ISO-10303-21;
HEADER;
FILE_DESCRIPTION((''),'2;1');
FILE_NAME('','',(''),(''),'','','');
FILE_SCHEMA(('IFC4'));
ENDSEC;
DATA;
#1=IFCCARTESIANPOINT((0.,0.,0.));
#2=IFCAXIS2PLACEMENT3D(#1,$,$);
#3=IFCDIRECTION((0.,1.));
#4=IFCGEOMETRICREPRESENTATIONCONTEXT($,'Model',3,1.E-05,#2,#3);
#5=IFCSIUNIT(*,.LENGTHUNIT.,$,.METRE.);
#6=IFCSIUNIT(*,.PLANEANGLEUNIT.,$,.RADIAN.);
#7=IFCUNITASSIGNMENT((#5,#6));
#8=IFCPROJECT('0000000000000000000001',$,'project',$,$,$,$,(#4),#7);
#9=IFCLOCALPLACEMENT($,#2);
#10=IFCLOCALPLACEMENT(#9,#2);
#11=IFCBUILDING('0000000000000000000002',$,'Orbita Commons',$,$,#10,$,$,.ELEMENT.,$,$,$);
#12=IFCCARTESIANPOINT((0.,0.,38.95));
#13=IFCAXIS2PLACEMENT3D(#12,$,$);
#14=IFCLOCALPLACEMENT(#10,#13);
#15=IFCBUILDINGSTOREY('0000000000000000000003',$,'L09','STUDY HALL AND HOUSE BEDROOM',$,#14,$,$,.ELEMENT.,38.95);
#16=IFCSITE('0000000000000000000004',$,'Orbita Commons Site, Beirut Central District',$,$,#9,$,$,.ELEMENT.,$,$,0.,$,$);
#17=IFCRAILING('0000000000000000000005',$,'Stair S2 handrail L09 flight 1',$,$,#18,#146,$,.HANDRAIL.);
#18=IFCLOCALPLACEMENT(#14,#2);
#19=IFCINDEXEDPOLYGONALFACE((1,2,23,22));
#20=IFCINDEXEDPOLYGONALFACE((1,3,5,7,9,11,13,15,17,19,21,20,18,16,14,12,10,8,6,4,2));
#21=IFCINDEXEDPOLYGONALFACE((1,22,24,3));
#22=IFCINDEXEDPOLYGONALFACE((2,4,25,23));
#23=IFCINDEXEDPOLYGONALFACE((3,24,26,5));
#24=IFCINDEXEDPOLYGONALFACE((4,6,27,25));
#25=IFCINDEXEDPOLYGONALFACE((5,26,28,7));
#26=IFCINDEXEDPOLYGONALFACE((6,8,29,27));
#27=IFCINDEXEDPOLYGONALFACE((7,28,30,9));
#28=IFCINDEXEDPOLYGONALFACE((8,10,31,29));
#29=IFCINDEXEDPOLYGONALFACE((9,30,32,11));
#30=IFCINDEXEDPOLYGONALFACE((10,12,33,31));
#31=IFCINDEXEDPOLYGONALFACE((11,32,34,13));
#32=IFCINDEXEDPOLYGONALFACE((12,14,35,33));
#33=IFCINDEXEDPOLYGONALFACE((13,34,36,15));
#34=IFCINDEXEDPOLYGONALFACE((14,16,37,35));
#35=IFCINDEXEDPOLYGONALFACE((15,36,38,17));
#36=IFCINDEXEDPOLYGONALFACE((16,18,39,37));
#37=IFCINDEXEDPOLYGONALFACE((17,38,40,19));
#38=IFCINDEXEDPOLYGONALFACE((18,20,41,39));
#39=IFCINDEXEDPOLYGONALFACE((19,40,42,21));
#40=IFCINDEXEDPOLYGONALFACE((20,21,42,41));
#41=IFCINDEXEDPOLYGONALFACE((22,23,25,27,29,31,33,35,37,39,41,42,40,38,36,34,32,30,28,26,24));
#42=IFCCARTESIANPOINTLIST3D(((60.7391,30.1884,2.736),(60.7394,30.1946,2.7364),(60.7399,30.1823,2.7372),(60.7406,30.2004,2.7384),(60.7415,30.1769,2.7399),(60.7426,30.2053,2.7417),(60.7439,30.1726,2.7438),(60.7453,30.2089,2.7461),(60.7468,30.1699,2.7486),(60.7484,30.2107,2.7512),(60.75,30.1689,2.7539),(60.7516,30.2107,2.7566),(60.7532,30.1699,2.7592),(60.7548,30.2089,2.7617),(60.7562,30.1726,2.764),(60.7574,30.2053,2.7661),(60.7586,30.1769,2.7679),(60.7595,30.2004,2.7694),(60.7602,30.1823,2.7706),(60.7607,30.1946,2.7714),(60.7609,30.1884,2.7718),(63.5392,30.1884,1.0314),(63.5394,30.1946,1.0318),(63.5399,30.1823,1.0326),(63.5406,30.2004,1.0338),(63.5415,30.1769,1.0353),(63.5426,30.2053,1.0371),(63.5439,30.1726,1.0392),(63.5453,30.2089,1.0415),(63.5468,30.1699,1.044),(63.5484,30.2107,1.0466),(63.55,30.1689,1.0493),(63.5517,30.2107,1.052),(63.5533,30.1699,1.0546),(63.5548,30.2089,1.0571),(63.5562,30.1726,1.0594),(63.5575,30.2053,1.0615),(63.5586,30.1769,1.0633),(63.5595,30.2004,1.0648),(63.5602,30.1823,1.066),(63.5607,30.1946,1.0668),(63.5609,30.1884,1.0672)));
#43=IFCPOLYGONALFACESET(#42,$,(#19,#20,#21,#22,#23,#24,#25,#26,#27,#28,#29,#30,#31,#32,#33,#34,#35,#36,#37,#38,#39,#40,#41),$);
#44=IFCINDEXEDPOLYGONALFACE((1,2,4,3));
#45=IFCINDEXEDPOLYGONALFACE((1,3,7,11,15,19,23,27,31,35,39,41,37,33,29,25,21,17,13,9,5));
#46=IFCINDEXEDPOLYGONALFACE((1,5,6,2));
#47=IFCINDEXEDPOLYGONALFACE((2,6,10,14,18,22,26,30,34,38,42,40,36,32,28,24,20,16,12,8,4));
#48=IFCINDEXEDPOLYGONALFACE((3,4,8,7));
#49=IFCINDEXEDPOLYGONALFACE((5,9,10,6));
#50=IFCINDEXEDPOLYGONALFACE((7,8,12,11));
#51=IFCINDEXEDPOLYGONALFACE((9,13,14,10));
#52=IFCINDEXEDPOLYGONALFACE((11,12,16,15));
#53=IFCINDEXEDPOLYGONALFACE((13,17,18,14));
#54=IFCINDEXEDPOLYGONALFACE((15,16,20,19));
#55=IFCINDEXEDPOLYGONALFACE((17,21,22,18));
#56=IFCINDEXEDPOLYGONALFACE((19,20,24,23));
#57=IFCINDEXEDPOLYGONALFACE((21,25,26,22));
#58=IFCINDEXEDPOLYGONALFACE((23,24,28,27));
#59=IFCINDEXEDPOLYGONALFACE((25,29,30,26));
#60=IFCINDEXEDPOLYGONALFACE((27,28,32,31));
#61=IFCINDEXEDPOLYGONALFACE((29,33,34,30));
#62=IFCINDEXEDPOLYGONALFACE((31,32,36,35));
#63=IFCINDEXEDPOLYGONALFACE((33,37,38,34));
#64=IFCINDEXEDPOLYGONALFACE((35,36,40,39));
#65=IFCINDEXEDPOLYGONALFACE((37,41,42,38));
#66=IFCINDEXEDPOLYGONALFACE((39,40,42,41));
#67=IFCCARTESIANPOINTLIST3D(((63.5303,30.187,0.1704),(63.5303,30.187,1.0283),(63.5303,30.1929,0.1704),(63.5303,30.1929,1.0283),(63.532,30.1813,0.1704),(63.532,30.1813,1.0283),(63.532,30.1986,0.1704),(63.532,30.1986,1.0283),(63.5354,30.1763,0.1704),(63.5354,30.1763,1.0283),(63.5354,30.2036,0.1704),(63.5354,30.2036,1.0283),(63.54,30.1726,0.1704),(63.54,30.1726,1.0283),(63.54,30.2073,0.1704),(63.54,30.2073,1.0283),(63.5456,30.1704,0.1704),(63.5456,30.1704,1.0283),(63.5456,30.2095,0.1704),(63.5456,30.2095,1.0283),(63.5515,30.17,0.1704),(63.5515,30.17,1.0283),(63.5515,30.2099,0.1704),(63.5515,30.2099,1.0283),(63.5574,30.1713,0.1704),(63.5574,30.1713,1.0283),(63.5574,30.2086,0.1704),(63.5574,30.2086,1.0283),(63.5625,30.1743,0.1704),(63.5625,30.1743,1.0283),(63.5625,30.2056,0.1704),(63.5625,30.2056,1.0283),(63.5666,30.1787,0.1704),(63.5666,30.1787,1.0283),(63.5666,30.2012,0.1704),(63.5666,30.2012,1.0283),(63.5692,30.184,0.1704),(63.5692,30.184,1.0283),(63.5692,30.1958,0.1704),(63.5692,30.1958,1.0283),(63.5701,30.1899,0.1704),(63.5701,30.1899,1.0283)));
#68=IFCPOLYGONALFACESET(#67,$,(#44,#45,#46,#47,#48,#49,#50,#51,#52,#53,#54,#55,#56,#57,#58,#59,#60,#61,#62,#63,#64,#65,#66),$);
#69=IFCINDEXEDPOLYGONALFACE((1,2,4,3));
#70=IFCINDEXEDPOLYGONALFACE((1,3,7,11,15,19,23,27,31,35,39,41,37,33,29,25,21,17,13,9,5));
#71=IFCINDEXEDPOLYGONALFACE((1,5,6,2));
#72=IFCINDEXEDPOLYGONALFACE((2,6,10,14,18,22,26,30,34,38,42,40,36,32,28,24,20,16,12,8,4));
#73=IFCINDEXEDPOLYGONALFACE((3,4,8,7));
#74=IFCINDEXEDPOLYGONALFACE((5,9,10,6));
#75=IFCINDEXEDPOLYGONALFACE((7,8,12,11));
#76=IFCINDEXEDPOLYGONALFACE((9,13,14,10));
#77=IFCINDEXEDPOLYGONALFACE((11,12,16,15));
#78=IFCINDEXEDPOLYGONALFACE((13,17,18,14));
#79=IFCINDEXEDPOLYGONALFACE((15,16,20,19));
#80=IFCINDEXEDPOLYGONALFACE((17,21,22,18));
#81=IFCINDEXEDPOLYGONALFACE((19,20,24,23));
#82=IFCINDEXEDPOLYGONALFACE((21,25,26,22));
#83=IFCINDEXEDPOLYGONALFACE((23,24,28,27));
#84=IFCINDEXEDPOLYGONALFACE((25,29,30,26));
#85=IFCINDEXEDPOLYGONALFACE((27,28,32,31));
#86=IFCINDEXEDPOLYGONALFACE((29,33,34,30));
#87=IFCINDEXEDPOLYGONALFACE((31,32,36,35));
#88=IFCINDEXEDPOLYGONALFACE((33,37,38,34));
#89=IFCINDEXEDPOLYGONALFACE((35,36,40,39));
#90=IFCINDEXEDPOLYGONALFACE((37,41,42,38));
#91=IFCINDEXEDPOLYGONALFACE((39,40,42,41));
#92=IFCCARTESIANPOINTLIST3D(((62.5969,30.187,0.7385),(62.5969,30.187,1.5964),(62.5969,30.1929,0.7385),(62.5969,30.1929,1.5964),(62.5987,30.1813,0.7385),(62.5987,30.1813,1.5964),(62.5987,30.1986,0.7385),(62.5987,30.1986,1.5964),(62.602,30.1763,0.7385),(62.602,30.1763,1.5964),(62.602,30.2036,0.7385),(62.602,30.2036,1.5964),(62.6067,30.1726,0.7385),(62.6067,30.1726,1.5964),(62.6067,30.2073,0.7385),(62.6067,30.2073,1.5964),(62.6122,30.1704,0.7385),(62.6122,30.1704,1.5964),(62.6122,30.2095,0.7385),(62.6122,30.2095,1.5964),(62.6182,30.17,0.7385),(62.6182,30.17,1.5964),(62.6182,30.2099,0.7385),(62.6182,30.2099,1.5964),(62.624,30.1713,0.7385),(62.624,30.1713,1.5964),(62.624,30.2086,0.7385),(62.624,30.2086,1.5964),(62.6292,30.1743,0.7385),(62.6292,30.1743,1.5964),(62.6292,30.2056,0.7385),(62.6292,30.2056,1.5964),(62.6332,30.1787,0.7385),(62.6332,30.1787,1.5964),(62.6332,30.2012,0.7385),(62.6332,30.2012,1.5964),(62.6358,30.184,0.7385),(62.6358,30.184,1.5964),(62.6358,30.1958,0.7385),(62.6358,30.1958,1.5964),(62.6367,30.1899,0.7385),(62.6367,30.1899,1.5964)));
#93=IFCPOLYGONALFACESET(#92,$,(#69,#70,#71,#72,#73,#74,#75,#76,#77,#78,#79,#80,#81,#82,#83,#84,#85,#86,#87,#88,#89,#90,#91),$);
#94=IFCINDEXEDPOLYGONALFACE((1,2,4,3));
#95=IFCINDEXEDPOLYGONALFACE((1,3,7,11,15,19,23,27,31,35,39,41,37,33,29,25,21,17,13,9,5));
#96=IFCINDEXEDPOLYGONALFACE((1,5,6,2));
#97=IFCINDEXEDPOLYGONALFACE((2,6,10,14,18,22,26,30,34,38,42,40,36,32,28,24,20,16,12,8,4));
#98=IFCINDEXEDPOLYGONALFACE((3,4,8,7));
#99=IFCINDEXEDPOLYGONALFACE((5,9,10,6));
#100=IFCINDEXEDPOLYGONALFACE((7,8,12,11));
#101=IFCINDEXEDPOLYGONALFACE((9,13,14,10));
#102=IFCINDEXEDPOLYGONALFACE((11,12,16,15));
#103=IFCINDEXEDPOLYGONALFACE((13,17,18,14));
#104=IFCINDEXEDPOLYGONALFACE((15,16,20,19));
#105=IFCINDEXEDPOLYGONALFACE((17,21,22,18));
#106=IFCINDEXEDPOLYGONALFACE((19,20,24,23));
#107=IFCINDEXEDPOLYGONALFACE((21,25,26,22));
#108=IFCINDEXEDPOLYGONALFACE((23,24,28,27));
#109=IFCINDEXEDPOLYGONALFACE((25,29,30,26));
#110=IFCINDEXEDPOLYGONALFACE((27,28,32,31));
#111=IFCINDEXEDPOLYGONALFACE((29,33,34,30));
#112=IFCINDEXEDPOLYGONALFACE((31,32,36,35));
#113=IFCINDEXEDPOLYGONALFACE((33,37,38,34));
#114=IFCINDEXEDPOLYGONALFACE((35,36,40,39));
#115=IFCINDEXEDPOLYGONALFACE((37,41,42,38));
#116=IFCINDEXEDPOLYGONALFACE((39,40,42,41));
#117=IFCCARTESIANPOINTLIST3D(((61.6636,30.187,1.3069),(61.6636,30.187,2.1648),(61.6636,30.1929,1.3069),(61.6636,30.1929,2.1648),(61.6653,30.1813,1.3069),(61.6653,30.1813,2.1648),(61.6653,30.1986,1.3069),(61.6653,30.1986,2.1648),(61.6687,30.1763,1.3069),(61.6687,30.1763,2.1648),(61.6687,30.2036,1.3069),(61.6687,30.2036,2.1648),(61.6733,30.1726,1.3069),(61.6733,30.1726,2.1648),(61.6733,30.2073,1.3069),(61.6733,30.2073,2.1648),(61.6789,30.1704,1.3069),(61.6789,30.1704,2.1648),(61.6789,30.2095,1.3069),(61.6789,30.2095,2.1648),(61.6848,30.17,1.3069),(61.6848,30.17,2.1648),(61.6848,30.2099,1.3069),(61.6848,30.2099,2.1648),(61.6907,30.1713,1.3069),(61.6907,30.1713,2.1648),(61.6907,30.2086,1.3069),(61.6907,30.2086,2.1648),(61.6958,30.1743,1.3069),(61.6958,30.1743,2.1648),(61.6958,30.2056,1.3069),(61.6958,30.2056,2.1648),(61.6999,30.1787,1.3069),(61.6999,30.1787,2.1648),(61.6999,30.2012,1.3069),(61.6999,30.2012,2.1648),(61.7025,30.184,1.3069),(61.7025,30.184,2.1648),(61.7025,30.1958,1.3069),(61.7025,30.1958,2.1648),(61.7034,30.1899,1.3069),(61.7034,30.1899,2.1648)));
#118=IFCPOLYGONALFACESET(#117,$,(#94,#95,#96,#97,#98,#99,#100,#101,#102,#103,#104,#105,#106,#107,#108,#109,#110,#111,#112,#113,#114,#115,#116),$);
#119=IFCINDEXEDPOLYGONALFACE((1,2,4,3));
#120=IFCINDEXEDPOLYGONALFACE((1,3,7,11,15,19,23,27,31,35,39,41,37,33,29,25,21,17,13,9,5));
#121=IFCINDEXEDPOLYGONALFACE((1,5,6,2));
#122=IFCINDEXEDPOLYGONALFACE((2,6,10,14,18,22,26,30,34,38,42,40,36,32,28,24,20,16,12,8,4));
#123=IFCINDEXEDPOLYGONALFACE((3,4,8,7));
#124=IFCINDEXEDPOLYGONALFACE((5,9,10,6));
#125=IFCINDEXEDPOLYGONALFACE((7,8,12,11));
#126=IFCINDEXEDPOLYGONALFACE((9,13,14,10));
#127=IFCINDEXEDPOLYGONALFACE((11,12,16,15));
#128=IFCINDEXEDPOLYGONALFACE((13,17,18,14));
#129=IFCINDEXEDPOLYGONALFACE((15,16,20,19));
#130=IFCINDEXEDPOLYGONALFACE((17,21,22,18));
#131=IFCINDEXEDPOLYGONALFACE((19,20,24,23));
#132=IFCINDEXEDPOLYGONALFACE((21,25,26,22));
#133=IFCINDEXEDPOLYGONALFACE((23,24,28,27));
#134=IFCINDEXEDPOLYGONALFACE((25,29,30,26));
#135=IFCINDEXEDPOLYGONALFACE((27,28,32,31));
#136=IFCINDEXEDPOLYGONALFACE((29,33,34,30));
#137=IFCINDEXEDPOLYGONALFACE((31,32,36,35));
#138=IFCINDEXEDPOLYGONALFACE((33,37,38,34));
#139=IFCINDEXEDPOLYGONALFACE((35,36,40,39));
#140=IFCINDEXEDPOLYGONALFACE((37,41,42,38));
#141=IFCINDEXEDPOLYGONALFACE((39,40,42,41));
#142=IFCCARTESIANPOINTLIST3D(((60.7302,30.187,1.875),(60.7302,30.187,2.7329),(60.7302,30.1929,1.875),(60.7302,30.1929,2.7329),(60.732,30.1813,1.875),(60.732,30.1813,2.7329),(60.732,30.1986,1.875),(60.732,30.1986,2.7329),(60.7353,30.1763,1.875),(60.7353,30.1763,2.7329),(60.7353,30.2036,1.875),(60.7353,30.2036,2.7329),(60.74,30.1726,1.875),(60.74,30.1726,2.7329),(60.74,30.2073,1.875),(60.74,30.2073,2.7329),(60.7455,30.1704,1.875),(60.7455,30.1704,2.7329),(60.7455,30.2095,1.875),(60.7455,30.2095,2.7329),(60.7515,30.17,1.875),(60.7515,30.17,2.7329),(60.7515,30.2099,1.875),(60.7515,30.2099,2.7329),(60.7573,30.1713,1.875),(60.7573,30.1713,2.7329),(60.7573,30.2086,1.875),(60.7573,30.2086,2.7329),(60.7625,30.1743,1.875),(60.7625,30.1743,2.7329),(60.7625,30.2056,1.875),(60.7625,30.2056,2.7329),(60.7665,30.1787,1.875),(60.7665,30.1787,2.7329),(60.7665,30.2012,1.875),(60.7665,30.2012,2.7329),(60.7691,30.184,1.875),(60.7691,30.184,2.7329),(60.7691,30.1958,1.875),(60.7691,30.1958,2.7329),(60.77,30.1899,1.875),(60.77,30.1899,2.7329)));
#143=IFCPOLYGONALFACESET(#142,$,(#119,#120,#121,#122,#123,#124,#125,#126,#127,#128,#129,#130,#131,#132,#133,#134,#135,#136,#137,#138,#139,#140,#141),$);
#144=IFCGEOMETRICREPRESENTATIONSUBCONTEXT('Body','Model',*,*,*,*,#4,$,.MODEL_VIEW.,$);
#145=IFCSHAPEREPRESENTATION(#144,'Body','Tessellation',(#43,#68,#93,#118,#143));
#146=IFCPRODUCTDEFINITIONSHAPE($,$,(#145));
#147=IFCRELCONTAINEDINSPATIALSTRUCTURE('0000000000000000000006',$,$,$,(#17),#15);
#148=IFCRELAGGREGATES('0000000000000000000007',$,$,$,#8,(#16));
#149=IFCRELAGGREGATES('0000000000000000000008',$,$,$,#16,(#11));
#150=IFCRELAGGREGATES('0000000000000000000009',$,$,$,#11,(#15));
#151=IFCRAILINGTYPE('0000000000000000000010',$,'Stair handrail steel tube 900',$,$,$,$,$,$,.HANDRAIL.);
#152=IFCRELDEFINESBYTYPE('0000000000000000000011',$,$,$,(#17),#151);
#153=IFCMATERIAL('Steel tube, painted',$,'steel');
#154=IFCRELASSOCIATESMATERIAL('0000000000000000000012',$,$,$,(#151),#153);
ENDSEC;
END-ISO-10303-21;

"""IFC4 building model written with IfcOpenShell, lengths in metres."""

from ifc_helpers import new_model, si_unit, direction, frame, origin, origin_2d, place, context, subcontext, project, spatial, circle, extrude, material, type_object, element, save


model = new_model("IFC4")

# Units and contexts
model_context = context("Model", 3, precision=1e-05, world=origin(), true_north=direction((0.0, 1.0)))
body_context = subcontext(model_context, "Body", "Model", "MODEL_VIEW")
ifc_project = project(units=[si_unit("LENGTHUNIT", "METRE"), si_unit("PLANEANGLEUNIT", "RADIAN")], contexts=[model_context])

# Site, building, storey
site_placement = place(None, origin())
site = spatial("IfcSite", under=ifc_project, at=site_placement, Name="Orbita Commons Site, Beirut Central District", CompositionType="ELEMENT", RefElevation=0.0)
building_placement = place(site_placement, origin())
building = spatial("IfcBuilding", under=site, at=building_placement, Name="Orbita Commons", CompositionType="ELEMENT")
storey_placement = place(building_placement, frame((0.0, 0.0, 38.95)))
storey = spatial("IfcBuildingStorey", under=building, at=storey_placement, Name="L09", Description="STUDY HALL AND HOUSE BEDROOM", CompositionType="ELEMENT", Elevation=38.95)

# Railing
ifc_material_1 = material(Name="Steel tube, painted", Category="steel")
railing_type = type_object("IfcRailingType", Name="Stair handrail steel tube 900", PredefinedType="HANDRAIL", material=ifc_material_1)
railing_placement = place(storey_placement, frame((63.55, 30.1899, 0.1704)))
element("IfcRailing", 1, at=railing_placement, inside=storey, type_object=railing_type, Name="Stair S2 handrail L09 flight 1", PredefinedType="HANDRAIL", context=body_context, shape_type="SweptSolid", body=[
    extrude(circle(Radius=0.021, at=origin_2d()), frame((0.0, 0.0, 0.8789), z_axis=(-0.85417, 0.0, 0.519994), x_axis=(0.0, -1.0, 0.0)), (0.0, 0.0, 1.0), 3.2781),
    extrude(circle(Radius=0.02, at=origin_2d()), origin(), (0.0, 0.0, 1.0), 0.8579),
    extrude(circle(Radius=0.02, at=origin_2d()), frame((-0.9333, 0.0, 0.5681)), (0.0, 0.0, 1.0), 0.8579),
    extrude(circle(Radius=0.02, at=origin_2d()), frame((-1.8667, 0.0, 1.1365)), (0.0, 0.0, 1.0), 0.8579),
    extrude(circle(Radius=0.02, at=origin_2d()), frame((-2.8, 0.0, 1.7046)), (0.0, 0.0, 1.0), 0.8579),
])

save(model, "model.ifc")
